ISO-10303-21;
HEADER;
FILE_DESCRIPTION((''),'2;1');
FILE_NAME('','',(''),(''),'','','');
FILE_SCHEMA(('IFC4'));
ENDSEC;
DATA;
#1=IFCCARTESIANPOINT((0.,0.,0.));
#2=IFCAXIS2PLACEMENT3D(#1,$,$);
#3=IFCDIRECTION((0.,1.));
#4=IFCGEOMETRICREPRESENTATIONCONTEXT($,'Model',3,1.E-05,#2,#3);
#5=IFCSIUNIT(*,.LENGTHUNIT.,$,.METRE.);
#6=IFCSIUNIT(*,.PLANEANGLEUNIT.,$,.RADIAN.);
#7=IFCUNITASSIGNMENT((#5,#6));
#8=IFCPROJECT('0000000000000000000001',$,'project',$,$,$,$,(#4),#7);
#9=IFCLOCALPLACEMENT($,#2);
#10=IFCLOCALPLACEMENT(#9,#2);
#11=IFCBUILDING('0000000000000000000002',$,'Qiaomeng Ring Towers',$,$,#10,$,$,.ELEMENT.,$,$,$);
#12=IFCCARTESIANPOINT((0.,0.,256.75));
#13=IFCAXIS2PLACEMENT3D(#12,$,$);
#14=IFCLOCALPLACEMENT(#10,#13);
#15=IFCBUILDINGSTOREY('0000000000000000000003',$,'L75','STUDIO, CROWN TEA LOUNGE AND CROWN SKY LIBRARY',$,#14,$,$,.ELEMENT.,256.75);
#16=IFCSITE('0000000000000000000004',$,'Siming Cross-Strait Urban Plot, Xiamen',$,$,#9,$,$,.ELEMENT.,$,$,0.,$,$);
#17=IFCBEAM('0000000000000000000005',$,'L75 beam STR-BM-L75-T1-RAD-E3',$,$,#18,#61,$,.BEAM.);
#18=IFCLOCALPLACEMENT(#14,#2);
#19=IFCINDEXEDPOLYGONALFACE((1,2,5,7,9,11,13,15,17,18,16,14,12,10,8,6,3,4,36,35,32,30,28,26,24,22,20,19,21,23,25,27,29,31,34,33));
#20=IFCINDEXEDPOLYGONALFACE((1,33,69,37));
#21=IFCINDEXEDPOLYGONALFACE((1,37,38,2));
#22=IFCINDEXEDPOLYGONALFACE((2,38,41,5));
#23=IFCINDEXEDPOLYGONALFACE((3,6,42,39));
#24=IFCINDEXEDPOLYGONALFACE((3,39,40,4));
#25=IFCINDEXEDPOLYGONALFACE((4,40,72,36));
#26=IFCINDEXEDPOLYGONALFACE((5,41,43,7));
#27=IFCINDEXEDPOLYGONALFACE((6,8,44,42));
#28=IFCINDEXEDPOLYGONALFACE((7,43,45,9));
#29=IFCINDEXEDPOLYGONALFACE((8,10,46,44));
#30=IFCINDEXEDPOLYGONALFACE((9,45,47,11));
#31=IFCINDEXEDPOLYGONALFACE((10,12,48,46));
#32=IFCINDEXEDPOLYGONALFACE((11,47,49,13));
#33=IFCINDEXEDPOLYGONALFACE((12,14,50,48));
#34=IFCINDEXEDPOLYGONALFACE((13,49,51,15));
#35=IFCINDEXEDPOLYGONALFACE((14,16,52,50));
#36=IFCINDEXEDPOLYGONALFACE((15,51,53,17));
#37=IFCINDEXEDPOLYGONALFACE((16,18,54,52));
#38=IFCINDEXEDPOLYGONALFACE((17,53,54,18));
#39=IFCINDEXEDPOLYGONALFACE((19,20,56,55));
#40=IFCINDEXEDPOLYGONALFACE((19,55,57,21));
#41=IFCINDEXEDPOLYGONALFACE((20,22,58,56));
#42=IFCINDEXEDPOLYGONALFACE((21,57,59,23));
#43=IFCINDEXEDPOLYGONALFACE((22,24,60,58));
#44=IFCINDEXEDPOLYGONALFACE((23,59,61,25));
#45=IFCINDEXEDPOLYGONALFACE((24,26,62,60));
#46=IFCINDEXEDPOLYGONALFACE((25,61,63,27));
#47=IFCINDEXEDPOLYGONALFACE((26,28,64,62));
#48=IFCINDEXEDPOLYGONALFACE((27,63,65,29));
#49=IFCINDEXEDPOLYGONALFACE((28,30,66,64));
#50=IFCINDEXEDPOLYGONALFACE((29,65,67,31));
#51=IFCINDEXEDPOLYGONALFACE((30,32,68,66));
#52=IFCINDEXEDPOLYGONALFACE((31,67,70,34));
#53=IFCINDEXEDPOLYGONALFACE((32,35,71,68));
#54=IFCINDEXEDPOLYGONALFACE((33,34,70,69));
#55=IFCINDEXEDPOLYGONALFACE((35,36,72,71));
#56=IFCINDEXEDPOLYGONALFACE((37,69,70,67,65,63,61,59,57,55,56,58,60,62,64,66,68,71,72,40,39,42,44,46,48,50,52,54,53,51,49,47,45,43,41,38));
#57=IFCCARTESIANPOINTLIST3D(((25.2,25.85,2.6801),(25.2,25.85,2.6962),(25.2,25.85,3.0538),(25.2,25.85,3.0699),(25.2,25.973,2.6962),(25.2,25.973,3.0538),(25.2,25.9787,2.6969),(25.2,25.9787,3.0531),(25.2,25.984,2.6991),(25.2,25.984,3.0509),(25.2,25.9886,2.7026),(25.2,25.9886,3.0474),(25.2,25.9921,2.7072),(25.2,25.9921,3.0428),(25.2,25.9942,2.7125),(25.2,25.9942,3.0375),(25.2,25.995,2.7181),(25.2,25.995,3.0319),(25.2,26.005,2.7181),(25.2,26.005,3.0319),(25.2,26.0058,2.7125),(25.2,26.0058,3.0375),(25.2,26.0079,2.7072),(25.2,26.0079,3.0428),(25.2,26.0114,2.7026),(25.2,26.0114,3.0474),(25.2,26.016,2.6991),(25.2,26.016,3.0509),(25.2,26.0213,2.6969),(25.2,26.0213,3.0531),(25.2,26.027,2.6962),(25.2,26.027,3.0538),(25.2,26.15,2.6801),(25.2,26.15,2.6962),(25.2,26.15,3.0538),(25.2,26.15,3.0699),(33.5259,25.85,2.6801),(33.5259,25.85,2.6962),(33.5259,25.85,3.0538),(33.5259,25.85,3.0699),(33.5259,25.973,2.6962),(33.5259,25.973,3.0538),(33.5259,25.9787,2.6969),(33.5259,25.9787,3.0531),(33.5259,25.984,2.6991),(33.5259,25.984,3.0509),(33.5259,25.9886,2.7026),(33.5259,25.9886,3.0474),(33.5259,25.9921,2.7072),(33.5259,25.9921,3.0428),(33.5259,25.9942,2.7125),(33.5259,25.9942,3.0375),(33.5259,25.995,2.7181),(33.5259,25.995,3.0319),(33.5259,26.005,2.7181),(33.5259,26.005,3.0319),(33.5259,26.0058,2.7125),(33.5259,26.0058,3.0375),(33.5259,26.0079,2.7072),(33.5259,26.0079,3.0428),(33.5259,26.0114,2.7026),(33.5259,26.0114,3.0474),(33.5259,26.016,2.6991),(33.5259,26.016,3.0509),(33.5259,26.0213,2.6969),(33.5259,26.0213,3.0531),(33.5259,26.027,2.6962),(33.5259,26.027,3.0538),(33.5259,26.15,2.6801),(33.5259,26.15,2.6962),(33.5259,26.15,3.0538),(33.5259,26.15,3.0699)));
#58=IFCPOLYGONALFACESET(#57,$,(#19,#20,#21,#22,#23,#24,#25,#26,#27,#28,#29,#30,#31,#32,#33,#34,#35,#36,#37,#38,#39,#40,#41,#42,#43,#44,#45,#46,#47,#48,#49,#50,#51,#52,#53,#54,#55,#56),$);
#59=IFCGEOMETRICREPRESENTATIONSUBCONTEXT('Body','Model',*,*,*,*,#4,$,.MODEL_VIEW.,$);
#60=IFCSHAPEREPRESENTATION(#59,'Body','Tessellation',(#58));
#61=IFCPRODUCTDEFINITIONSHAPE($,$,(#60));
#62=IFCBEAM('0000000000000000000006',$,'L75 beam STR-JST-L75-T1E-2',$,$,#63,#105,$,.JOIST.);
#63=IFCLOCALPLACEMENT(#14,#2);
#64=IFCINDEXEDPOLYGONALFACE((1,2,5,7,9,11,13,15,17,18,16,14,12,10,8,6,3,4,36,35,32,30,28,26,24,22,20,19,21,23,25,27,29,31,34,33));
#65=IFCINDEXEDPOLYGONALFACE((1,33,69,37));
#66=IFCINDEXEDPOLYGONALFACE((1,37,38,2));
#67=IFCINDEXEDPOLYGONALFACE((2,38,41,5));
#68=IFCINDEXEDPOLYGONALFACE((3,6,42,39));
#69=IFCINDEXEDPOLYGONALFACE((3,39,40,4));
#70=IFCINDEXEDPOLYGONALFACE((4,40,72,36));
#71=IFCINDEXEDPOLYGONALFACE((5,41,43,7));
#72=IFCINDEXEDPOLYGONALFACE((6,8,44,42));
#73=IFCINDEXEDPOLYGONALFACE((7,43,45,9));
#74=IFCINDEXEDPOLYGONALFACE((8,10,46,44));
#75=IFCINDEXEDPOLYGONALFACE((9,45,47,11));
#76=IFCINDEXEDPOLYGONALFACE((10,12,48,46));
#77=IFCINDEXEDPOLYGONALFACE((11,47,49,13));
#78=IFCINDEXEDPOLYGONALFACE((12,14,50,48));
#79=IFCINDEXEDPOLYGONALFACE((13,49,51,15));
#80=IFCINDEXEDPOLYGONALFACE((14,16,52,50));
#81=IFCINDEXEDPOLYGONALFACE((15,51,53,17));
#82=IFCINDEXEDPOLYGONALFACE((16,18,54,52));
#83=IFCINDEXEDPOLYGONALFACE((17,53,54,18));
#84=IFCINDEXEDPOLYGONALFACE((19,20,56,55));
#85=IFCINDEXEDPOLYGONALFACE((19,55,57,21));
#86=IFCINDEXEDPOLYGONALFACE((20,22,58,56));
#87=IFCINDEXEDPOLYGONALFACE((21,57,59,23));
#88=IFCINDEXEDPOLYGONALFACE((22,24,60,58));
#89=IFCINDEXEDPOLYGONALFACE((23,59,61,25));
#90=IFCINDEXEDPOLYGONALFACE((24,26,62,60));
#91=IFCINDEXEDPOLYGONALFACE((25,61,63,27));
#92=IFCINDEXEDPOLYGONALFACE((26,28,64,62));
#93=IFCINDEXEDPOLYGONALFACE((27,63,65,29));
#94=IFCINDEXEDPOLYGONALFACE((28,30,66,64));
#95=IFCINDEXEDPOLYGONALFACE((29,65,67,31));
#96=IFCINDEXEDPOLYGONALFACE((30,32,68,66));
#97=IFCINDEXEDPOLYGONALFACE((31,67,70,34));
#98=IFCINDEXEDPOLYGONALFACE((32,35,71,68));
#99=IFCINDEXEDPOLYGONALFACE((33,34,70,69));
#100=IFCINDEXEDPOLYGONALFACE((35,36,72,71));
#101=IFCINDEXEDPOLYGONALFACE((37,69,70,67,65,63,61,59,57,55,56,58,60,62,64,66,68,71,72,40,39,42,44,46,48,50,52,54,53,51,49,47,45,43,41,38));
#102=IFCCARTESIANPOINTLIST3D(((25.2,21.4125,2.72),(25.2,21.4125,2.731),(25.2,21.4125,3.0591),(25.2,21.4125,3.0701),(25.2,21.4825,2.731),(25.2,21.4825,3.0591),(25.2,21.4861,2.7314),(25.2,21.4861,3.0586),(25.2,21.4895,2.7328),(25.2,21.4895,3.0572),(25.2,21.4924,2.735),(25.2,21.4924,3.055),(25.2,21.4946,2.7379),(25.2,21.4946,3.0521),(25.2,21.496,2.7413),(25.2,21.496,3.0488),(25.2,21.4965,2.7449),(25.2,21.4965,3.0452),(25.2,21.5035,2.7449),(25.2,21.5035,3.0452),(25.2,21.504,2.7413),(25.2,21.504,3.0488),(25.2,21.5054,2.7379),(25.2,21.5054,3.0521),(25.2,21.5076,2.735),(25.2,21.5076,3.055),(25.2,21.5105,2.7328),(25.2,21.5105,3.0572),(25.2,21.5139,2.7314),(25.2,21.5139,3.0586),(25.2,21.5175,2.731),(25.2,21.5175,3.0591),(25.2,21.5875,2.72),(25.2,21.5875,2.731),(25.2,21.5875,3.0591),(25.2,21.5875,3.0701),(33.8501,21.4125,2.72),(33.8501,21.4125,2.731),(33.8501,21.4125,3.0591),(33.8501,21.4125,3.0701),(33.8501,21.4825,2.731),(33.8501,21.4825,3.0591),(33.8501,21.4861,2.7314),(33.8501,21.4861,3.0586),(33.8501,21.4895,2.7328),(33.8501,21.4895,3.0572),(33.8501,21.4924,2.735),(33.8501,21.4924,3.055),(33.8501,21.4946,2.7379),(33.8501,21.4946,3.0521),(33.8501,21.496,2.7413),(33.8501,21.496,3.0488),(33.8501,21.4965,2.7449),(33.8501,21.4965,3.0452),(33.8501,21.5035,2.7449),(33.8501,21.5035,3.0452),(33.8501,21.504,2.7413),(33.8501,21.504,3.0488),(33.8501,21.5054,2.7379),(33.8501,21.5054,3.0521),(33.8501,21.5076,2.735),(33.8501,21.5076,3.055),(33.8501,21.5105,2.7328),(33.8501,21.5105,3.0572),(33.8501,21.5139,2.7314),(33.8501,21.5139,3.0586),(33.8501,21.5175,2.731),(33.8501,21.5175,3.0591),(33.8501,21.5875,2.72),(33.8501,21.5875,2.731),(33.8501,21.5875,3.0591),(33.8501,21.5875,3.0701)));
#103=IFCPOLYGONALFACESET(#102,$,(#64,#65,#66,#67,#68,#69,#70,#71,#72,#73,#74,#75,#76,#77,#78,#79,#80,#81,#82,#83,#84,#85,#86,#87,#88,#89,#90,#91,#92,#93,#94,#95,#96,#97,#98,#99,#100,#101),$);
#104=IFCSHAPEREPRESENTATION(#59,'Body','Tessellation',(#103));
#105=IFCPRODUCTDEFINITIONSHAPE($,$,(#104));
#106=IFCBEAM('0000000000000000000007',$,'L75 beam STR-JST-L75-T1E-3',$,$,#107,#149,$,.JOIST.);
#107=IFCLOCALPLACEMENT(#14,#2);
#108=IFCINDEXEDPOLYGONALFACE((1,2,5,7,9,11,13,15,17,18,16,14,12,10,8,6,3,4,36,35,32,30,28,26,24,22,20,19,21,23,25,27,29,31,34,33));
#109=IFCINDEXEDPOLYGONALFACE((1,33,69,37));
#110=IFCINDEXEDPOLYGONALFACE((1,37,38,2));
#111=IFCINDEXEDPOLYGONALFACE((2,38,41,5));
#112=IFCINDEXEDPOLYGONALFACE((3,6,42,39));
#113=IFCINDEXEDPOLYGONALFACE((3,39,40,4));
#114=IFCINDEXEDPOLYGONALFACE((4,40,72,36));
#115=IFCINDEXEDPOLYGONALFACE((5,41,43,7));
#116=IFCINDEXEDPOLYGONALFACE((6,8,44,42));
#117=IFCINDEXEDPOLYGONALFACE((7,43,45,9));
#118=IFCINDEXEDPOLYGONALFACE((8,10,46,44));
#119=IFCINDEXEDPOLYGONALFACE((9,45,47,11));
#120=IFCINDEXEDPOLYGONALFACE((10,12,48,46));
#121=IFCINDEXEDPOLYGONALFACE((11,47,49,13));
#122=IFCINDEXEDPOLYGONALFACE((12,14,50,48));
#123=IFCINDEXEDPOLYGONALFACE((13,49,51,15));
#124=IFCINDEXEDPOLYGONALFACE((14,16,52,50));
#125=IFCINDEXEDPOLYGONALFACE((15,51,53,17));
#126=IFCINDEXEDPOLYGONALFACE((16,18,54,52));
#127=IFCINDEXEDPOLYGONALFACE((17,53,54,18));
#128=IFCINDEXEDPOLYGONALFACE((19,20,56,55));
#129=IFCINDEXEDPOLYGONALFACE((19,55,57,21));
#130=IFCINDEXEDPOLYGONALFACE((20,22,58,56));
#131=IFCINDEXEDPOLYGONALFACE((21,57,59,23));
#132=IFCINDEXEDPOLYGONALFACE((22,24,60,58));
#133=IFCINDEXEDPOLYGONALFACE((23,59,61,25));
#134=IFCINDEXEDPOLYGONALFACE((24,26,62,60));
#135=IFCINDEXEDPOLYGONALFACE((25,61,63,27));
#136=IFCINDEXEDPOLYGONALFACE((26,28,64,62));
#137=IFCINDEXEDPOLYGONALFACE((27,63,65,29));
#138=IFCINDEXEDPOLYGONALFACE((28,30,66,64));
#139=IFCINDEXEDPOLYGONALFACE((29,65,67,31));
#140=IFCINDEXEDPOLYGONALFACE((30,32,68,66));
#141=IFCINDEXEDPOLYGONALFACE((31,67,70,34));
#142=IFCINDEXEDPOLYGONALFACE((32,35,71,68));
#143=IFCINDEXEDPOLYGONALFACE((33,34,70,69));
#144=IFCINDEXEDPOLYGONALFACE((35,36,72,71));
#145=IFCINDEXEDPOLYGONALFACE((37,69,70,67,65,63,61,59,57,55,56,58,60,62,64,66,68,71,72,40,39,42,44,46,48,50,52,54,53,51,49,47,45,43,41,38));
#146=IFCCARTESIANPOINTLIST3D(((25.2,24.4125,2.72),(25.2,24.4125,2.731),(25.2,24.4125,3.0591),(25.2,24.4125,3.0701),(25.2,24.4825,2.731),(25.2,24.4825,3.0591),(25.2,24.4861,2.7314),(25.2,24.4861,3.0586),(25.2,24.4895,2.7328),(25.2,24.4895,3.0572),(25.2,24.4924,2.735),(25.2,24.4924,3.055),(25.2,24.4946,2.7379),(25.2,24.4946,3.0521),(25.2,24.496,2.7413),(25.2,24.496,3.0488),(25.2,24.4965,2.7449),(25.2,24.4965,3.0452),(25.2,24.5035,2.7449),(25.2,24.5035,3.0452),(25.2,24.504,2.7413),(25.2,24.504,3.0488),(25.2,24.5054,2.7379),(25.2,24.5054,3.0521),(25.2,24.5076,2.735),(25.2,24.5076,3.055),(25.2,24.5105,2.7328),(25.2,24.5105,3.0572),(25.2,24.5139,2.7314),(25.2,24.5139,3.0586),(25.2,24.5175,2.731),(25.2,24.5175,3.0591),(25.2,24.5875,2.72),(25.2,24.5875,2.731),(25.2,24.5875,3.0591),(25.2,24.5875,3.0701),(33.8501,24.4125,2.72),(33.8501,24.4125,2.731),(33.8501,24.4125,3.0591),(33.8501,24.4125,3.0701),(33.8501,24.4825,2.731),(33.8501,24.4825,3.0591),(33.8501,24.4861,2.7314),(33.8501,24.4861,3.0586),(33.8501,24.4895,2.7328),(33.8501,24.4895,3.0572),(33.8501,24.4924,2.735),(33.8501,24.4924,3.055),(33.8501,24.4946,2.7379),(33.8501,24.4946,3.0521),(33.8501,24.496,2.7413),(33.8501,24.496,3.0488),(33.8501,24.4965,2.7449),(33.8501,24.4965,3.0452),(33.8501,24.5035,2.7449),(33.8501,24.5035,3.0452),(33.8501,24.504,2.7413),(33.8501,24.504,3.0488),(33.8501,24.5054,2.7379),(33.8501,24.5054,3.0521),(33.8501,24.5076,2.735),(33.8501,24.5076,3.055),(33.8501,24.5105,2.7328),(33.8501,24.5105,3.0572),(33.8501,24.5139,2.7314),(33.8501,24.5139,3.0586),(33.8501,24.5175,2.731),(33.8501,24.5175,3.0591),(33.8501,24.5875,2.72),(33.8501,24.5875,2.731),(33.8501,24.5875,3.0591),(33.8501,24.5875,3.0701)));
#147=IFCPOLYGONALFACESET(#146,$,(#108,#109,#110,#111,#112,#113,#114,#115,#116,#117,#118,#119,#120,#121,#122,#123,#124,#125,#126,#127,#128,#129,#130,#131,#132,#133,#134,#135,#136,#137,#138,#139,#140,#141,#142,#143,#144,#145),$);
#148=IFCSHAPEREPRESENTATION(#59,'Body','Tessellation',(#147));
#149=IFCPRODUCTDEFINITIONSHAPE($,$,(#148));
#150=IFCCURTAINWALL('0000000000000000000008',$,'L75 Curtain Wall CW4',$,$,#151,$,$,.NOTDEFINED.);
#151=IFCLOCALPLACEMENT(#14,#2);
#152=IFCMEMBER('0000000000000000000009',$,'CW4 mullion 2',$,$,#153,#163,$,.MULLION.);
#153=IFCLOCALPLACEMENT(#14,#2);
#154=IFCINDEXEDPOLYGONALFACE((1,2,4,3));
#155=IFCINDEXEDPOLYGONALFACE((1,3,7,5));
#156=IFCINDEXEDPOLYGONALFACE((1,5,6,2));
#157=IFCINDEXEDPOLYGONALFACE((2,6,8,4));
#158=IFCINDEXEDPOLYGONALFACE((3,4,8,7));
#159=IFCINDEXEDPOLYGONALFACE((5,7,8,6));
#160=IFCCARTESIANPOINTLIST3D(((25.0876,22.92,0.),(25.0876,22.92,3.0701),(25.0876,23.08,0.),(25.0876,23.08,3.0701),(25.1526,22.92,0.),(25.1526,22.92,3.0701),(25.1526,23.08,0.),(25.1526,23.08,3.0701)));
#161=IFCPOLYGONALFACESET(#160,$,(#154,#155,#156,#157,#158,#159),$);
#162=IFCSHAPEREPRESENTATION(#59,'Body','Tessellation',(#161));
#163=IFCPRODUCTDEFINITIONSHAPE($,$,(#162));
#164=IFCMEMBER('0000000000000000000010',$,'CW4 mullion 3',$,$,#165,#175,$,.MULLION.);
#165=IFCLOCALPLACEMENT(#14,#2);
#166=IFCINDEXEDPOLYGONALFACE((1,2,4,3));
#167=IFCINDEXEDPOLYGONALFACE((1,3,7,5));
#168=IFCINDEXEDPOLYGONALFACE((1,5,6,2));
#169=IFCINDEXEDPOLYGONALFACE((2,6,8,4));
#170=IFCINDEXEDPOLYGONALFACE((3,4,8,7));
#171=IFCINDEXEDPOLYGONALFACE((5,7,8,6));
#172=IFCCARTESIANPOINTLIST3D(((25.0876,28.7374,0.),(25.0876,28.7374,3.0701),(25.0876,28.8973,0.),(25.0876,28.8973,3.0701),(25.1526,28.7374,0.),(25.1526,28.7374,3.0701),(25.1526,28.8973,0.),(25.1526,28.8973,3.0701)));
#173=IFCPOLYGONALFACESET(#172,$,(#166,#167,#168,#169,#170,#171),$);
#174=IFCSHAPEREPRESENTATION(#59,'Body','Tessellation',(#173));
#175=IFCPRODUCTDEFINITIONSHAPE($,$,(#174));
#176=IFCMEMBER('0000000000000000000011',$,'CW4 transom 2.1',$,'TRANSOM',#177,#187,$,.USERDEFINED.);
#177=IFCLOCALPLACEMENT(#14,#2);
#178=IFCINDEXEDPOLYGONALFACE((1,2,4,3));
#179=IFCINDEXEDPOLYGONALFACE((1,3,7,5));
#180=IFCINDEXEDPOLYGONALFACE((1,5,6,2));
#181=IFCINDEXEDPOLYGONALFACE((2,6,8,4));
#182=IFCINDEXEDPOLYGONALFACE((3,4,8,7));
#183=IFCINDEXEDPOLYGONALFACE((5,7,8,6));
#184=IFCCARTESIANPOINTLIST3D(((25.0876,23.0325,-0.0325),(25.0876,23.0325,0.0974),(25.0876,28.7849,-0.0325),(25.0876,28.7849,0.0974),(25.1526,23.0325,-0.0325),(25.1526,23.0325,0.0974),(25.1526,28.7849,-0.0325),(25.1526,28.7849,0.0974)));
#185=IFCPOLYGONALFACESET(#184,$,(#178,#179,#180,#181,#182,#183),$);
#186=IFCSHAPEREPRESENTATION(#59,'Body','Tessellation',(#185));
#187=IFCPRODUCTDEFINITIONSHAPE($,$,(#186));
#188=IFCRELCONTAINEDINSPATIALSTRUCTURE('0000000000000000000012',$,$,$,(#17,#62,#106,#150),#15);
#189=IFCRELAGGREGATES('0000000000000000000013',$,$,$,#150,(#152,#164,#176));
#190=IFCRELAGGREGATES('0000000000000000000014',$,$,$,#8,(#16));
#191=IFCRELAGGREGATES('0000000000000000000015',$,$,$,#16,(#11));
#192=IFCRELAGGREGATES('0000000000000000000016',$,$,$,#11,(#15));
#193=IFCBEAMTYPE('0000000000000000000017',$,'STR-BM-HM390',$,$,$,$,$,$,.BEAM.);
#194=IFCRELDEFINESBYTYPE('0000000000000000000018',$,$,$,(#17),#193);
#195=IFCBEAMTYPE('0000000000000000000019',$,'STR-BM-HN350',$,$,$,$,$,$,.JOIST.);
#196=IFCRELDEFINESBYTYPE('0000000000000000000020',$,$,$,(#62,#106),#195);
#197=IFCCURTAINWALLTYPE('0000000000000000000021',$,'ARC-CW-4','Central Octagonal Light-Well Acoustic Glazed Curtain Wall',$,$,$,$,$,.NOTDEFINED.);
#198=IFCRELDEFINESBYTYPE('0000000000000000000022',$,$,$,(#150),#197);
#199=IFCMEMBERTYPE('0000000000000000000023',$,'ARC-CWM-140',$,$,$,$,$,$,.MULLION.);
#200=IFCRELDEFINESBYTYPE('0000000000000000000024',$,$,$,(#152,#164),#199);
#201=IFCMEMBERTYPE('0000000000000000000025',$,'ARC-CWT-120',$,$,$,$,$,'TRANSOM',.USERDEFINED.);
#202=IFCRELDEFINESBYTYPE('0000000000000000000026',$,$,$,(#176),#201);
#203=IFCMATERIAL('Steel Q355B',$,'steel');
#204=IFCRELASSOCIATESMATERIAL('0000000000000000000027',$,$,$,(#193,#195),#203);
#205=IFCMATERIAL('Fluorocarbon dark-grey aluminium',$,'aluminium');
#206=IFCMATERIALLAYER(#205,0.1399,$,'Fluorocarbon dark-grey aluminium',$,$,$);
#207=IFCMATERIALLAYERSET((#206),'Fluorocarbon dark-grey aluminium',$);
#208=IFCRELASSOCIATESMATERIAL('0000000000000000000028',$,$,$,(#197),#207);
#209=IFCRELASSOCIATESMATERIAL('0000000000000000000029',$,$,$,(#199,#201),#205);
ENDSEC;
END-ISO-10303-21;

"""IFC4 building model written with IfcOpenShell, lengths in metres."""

from ifc_helpers import new_model, si_unit, direction, frame, origin, origin_2d, place, context, subcontext, project, spatial, rectangle, i_section, extrude, source, transform, mapped, material, layer, layer_set, material_profile, profile_set, type_object, element, aggregate, save


model = new_model("IFC4")

# Units and contexts
model_context = context("Model", 3, precision=1e-05, world=origin(), true_north=direction((0.0, 1.0)))
body_context = subcontext(model_context, "Body", "Model", "MODEL_VIEW")
ifc_project = project(units=[si_unit("LENGTHUNIT", "METRE"), si_unit("PLANEANGLEUNIT", "RADIAN")], contexts=[model_context])

# Site, building, storey
site_placement = place(None, origin())
site = spatial("IfcSite", under=ifc_project, at=site_placement, Name="Siming Cross-Strait Urban Plot, Xiamen", CompositionType="ELEMENT", RefElevation=0.0)
building_placement = place(site_placement, origin())
building = spatial("IfcBuilding", under=site, at=building_placement, Name="Qiaomeng Ring Towers", CompositionType="ELEMENT")
storey_placement = place(building_placement, frame((0.0, 0.0, 256.75)))
storey = spatial("IfcBuildingStorey", under=building, at=storey_placement, Name="L75", Description="STUDIO, CROWN TEA LOUNGE AND CROWN SKY LIBRARY", CompositionType="ELEMENT", Elevation=256.75)

# Beams
ifc_material_1 = material(Name="Steel Q355B", Category="steel")
ifc_material_profile_1 = material_profile(ifc_material_1, i_section(OverallWidth=0.3, OverallDepth=0.3899, WebThickness=0.01, FlangeThickness=0.0161, FilletRadius=0.022, at=origin_2d()), Name="HM 390x300x10x16")
ifc_profile_set_1 = profile_set([ifc_material_profile_1], Name="Steel Q355B")
beam_type_1 = type_object("IfcBeamType", Name="STR-BM-HM390", PredefinedType="BEAM", material=ifc_profile_set_1)
shared_shape_1 = source(origin(), body_context, "Body", "SweptSolid", [
    extrude(i_section(OverallWidth=0.3, OverallDepth=0.3899, WebThickness=0.01, FlangeThickness=0.0161, FilletRadius=0.022, at=origin_2d()), origin(), (0.0, 0.0, 1.0), 8.3259),
])
beam_placement = place(storey_placement, frame((25.2, 26.0, 2.875), z_axis=(1.0, 0.0, 0.0), x_axis=(0.0, 1.0, 0.0)))
element("IfcBeam", 1, at=beam_placement, inside=storey, type_object=beam_type_1, Name="L75 beam STR-BM-L75-T1-RAD-E3", PredefinedType="BEAM", context=body_context, shape_type="MappedRepresentation", body=[
    mapped(shared_shape_1, transform((0.0, 0.0, 0.0), x_axis=(1.0, 0.0, 0.0), y_axis=(0.0, 1.0, 0.0), z_axis=(0.0, 0.0, 1.0), scale=1.0)),
])
ifc_material_profile_2 = material_profile(ifc_material_1, i_section(OverallWidth=0.175, OverallDepth=0.3501, WebThickness=0.0071, FlangeThickness=0.011, FilletRadius=0.0139, at=origin_2d()), Name="HN 350x175x7x11")
ifc_profile_set_2 = profile_set([ifc_material_profile_2], Name="Steel Q355B")
beam_type_2 = type_object("IfcBeamType", Name="STR-BM-HN350", PredefinedType="JOIST", material=ifc_profile_set_2)
shared_shape_2 = source(origin(), body_context, "Body", "SweptSolid", [
    extrude(i_section(OverallWidth=0.175, OverallDepth=0.3501, WebThickness=0.0071, FlangeThickness=0.011, FilletRadius=0.0139, at=origin_2d()), origin(), (0.0, 0.0, 1.0), 8.6501),
])
for number, where, z_axis, x_axis, name in (
    (2, (25.2, 21.5, 2.895), (1.0, 0.0, 0.0), (0.0, 1.0, 0.0), "L75 beam STR-JST-L75-T1E-2"),
    (3, (25.2, 24.5, 2.895), (1.0, 0.0, 0.0), (0.0, 1.0, 0.0), "L75 beam STR-JST-L75-T1E-3"),
):
    element("IfcBeam", number, at=place(storey_placement, frame(where, z_axis=z_axis, x_axis=x_axis)), inside=storey, type_object=beam_type_2, Name=name, PredefinedType="JOIST", context=body_context, shape_type="MappedRepresentation", body=[
        mapped(shared_shape_2, transform((0.0, 0.0, 0.0), x_axis=(1.0, 0.0, 0.0), y_axis=(0.0, 1.0, 0.0), z_axis=(0.0, 0.0, 1.0), scale=1.0)),
    ])

# Curtain wall, members
ifc_material_2 = material(Name="Fluorocarbon dark-grey aluminium", Category="aluminium")
ifc_layer_1 = layer(ifc_material_2, 0.1399, Name="Fluorocarbon dark-grey aluminium")
ifc_layer_set_1 = layer_set([ifc_layer_1], Name="Fluorocarbon dark-grey aluminium")
curtain_wall_type = type_object("IfcCurtainWallType", Name="ARC-CW-4", Description="Central Octagonal Light-Well Acoustic Glazed Curtain Wall", PredefinedType="NOTDEFINED", material=ifc_layer_set_1)
curtain_wall_placement = place(storey_placement, origin())
curtain_wall = element("IfcCurtainWall", 4, at=curtain_wall_placement, inside=storey, type_object=curtain_wall_type, Name="L75 Curtain Wall CW4", PredefinedType="NOTDEFINED")
ifc_material_profile_3 = material_profile(ifc_material_2, rectangle(XDim=0.0649, YDim=0.1599, at=origin_2d()), Name="ALU MULL 65x160")
ifc_profile_set_3 = profile_set([ifc_material_profile_3], Name="Fluorocarbon dark-grey aluminium")
member_type_1 = type_object("IfcMemberType", Name="ARC-CWM-140", PredefinedType="MULLION", material=ifc_profile_set_3)
shared_shape_3 = source(origin(), body_context, "Body", "SweptSolid", [
    extrude(rectangle(XDim=0.0649, YDim=0.1599, at=origin_2d()), origin(), (0.0, 0.0, 1.0), 3.0701),
])
member_1_placement = place(storey_placement, frame((25.1201, 23.0, 0.0), z_axis=(0.0, 0.0, 1.0), x_axis=(-1.0, 0.0, 0.0)))
member_1 = element("IfcMember", 5, at=member_1_placement, type_object=member_type_1, Name="CW4 mullion 2", PredefinedType="MULLION", context=body_context, shape_type="MappedRepresentation", body=[
    mapped(shared_shape_3, transform((0.0, 0.0, 0.0), x_axis=(1.0, 0.0, 0.0), y_axis=(0.0, 1.0, 0.0), z_axis=(0.0, 0.0, 1.0), scale=1.0)),
])
member_2_placement = place(storey_placement, frame((25.1201, 28.8174, 0.0), z_axis=(0.0, 0.0, 1.0), x_axis=(-1.0, 0.0, 0.0)))
member_2 = element("IfcMember", 6, at=member_2_placement, type_object=member_type_1, Name="CW4 mullion 3", PredefinedType="MULLION", context=body_context, shape_type="MappedRepresentation", body=[
    mapped(shared_shape_3, transform((0.0, 0.0, 0.0), x_axis=(1.0, 0.0, 0.0), y_axis=(0.0, 1.0, 0.0), z_axis=(0.0, 0.0, 1.0), scale=1.0)),
])
ifc_material_profile_4 = material_profile(ifc_material_2, rectangle(XDim=0.0649, YDim=0.1299, at=origin_2d()), Name="ALU TRAN 65x130")
ifc_profile_set_4 = profile_set([ifc_material_profile_4], Name="Fluorocarbon dark-grey aluminium")
member_type_2 = type_object("IfcMemberType", Name="ARC-CWT-120", ElementType="TRANSOM", PredefinedType="USERDEFINED", material=ifc_profile_set_4)
shared_shape_4 = source(origin(), body_context, "Body", "SweptSolid", [
    extrude(rectangle(XDim=0.0649, YDim=0.1299, at=origin_2d()), origin(), (0.0, 0.0, 1.0), 5.7524),
])
member_3_placement = place(storey_placement, frame((25.1201, 23.0325, 0.0325), z_axis=(0.0, 1.0, 0.0), x_axis=(-1.0, 0.0, 0.0)))
member_3 = element("IfcMember", 7, at=member_3_placement, type_object=member_type_2, Name="CW4 transom 2.1", ObjectType="TRANSOM", PredefinedType="USERDEFINED", context=body_context, shape_type="MappedRepresentation", body=[
    mapped(shared_shape_4, transform((0.0, 0.0, 0.0), x_axis=(1.0, 0.0, 0.0), y_axis=(0.0, 1.0, 0.0), z_axis=(0.0, 0.0, 1.0), scale=1.0)),
])
aggregate(curtain_wall, [member_1, member_2, member_3])

save(model, "model.ifc")
